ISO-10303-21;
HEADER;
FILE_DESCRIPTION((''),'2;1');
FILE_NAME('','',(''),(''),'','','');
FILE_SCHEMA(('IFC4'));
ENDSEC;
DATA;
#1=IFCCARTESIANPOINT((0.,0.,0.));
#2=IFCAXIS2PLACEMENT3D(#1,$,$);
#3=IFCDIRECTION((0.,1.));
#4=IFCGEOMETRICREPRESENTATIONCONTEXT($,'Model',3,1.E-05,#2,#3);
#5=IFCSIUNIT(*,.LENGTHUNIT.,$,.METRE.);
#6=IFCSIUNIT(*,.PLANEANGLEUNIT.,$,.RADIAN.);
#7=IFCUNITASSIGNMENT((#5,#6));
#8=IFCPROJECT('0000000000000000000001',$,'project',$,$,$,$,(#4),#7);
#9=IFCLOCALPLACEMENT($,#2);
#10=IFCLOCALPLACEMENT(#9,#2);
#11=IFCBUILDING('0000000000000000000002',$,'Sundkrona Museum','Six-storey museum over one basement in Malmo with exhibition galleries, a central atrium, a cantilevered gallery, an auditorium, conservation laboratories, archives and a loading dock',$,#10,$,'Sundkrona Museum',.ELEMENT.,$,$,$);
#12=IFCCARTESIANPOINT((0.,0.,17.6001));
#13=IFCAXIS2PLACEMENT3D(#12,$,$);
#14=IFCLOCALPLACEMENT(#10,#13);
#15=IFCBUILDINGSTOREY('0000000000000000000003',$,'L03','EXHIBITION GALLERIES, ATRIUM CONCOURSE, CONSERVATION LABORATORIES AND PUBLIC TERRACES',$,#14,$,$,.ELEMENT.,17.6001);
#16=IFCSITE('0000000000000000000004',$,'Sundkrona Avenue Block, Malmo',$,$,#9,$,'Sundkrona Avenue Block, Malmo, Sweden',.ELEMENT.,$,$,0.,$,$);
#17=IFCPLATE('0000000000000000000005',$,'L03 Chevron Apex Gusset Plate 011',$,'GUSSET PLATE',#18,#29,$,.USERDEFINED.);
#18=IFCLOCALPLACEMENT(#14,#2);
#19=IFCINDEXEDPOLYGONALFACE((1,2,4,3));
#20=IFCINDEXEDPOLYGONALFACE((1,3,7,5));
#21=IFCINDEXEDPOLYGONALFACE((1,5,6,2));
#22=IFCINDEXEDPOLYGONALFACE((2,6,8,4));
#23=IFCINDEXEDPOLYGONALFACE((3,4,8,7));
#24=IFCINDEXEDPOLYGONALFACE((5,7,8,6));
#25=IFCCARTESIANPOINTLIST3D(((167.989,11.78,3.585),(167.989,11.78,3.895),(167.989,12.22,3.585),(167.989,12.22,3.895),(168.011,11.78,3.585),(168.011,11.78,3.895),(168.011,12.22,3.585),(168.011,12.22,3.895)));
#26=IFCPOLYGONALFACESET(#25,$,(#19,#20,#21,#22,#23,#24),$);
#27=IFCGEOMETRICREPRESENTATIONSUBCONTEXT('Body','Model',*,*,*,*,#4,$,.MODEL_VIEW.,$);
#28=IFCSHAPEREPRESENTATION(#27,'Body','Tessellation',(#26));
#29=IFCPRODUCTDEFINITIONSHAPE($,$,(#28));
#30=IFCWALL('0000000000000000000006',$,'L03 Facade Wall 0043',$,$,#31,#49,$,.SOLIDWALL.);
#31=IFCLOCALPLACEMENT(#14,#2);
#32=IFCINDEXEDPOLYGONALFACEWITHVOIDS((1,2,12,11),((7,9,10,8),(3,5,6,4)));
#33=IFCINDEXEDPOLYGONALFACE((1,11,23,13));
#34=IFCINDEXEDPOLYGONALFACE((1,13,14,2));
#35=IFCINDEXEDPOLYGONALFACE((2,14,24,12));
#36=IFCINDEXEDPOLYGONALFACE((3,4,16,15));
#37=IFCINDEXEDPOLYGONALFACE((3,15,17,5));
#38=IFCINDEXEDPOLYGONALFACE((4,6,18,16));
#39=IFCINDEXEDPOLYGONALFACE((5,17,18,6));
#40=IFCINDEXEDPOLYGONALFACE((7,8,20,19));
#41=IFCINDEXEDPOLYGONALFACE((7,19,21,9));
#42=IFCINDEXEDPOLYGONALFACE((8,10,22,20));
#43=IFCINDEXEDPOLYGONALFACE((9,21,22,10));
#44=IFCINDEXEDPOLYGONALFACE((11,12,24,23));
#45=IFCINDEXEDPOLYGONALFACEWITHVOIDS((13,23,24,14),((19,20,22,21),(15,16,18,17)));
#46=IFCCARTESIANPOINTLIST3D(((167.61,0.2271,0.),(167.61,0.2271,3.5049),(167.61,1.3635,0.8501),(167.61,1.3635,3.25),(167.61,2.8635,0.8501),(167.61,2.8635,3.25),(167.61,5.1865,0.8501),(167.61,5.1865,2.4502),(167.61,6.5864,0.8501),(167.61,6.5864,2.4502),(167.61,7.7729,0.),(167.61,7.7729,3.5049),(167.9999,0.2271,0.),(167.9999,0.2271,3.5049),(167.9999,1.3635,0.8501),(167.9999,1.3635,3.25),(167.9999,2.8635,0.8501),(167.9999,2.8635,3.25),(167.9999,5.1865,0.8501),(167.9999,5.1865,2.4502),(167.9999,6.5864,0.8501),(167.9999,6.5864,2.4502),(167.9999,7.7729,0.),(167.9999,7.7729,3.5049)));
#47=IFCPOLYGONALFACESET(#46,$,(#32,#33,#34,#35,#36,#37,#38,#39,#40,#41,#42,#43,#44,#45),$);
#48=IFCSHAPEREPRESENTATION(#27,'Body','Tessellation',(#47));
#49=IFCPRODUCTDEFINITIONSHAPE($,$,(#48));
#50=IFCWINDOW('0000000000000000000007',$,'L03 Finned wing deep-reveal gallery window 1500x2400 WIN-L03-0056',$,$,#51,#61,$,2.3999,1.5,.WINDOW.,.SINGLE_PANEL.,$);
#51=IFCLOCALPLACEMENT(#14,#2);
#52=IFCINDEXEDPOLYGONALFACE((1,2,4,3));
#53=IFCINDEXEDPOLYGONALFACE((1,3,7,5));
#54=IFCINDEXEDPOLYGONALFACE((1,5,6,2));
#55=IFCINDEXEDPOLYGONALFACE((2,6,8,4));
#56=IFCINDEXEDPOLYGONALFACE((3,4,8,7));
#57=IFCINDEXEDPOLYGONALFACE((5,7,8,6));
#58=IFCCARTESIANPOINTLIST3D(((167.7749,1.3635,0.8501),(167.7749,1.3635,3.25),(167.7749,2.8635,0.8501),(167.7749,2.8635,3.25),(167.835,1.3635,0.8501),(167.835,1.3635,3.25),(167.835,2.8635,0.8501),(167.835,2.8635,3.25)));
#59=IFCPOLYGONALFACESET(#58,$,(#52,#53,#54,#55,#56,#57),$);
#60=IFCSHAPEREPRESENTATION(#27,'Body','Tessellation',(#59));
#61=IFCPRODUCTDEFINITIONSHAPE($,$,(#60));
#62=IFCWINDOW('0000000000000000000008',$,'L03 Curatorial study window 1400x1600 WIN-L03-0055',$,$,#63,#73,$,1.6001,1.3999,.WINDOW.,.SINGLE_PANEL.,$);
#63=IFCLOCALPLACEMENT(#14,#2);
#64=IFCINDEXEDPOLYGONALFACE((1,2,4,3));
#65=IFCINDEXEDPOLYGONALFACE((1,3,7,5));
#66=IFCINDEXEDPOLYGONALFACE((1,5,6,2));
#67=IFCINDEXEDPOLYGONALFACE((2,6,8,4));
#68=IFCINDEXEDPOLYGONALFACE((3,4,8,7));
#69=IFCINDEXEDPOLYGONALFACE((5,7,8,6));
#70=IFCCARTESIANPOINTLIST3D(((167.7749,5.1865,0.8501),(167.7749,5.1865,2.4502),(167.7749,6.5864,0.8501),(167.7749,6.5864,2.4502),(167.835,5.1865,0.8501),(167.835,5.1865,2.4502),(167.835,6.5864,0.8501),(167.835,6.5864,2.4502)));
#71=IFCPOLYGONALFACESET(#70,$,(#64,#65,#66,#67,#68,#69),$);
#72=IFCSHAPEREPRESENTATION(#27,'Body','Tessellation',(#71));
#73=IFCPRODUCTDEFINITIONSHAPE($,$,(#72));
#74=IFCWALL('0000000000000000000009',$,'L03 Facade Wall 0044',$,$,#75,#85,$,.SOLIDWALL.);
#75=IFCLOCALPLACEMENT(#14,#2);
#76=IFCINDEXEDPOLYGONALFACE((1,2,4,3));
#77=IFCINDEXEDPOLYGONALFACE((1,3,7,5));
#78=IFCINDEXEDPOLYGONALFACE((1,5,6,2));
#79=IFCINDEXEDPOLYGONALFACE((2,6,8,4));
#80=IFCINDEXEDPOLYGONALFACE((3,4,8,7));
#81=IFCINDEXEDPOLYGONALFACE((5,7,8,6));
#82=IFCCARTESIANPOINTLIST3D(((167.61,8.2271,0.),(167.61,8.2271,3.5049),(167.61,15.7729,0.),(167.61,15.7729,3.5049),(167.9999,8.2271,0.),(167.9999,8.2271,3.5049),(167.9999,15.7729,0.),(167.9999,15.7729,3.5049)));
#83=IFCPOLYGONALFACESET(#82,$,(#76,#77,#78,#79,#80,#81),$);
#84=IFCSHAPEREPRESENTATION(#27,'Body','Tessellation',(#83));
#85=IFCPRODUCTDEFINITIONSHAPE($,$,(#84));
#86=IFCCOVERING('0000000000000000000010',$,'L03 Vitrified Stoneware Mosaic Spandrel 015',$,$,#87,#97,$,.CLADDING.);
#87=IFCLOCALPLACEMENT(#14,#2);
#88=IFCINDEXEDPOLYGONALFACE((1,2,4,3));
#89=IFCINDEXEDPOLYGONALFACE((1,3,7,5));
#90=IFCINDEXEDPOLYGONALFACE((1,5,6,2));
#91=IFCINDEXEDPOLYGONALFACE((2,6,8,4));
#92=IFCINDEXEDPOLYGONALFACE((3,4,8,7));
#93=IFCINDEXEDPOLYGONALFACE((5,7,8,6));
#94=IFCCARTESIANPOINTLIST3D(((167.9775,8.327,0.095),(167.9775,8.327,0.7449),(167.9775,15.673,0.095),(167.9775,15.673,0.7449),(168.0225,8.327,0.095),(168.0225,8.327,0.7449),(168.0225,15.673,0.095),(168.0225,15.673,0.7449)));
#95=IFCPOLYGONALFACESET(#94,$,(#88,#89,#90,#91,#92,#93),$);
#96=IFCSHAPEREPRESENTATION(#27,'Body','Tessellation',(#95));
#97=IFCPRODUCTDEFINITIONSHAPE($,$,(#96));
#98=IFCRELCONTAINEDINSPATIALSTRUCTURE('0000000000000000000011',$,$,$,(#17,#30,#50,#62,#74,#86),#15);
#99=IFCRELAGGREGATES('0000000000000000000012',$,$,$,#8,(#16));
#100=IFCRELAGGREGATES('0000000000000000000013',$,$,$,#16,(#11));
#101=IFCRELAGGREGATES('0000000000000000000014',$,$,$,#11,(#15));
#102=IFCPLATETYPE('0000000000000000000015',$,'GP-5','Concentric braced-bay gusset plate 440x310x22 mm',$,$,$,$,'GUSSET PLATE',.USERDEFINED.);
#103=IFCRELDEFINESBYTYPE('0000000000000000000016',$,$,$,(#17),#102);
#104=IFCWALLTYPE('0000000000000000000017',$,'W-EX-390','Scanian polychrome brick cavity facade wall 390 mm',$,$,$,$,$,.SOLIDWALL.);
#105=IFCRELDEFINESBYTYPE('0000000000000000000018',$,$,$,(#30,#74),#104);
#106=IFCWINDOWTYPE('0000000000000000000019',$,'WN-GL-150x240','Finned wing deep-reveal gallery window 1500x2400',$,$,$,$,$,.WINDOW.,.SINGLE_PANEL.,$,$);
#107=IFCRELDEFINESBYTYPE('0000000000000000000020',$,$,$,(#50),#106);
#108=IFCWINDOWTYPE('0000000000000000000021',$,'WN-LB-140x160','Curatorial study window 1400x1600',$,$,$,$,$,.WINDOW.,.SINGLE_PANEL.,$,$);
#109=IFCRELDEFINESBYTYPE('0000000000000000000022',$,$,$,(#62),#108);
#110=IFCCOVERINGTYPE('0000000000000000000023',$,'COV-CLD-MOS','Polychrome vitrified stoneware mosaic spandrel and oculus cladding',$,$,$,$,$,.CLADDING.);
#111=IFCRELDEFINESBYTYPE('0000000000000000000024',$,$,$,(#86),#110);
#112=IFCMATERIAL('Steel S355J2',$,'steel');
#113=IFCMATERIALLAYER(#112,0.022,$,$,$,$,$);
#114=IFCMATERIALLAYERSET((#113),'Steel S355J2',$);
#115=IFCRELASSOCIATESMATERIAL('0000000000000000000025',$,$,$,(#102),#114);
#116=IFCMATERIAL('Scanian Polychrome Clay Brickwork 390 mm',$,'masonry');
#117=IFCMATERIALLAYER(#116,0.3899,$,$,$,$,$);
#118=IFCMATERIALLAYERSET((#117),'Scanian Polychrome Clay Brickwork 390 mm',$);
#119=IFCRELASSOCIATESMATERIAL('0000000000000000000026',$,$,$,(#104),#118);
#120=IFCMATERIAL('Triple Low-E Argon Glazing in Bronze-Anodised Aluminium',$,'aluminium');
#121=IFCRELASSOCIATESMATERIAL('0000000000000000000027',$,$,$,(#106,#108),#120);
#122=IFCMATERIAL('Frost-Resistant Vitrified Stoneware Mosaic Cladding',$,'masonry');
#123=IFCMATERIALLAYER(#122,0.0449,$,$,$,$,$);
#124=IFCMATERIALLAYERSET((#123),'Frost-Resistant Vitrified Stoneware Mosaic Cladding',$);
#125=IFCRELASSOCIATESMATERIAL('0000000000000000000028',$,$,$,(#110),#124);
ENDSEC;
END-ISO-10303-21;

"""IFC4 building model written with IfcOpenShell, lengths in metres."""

from ifc_helpers import new_model, si_unit, direction, frame, frame_2d, origin, origin_2d, place, context, subcontext, project, spatial, rectangle, extrude, material, layer, layer_set, type_object, element, fill, save


model = new_model("IFC4")

# Units and contexts
model_context = context("Model", 3, precision=1e-05, world=origin(), true_north=direction((0.0, 1.0)))
body_context = subcontext(model_context, "Body", "Model", "MODEL_VIEW")
ifc_project = project(units=[si_unit("LENGTHUNIT", "METRE"), si_unit("PLANEANGLEUNIT", "RADIAN")], contexts=[model_context])

# Site, building, storey
site_placement = place(None, origin())
site = spatial("IfcSite", under=ifc_project, at=site_placement, Name="Sundkrona Avenue Block, Malmo", LongName="Sundkrona Avenue Block, Malmo, Sweden", CompositionType="ELEMENT", RefElevation=0.0)
building_placement = place(site_placement, origin())
building = spatial("IfcBuilding", under=site, at=building_placement, Name="Sundkrona Museum", Description="Six-storey museum over one basement in Malmo with exhibition galleries, a central atrium, a cantilevered gallery, an auditorium, conservation laboratories, archives and a loading dock", LongName="Sundkrona Museum", CompositionType="ELEMENT")
storey_placement = place(building_placement, frame((0.0, 0.0, 17.6001)))
storey = spatial("IfcBuildingStorey", under=building, at=storey_placement, Name="L03", Description="EXHIBITION GALLERIES, ATRIUM CONCOURSE, CONSERVATION LABORATORIES AND PUBLIC TERRACES", CompositionType="ELEMENT", Elevation=17.6001)

# Shared definitions
ifc_material_1 = material(Name="Steel S355J2", Category="steel")

# Plate
ifc_layer_1 = layer(ifc_material_1, 0.022)
ifc_layer_set_1 = layer_set([ifc_layer_1], Name="Steel S355J2")
plate_type = type_object("IfcPlateType", Name="GP-5", Description="Concentric braced-bay gusset plate 440x310x22 mm", ElementType="GUSSET PLATE", PredefinedType="USERDEFINED", material=ifc_layer_set_1)
plate_placement = place(storey_placement, frame((168.0, 12.0, 3.585), z_axis=(0.0, 0.0, 1.0), x_axis=(0.0, 1.0, 0.0)))
element("IfcPlate", 1, at=plate_placement, inside=storey, type_object=plate_type, Name="L03 Chevron Apex Gusset Plate 011", ObjectType="GUSSET PLATE", PredefinedType="USERDEFINED", context=body_context, shape_type="SweptSolid", body=[
    extrude(rectangle(XDim=0.4399, YDim=0.022, at=origin_2d()), origin(), (0.0, 0.0, 1.0), 0.3101),
])

# Wall, openings, windows
ifc_material_2 = material(Name="Scanian Polychrome Clay Brickwork 390 mm", Category="masonry")
ifc_layer_2 = layer(ifc_material_2, 0.3899)
ifc_layer_set_2 = layer_set([ifc_layer_2], Name="Scanian Polychrome Clay Brickwork 390 mm")
wall_type = type_object("IfcWallType", Name="W-EX-390", Description="Scanian polychrome brick cavity facade wall 390 mm", PredefinedType="SOLIDWALL", material=ifc_layer_set_2)
wall_1_placement = place(storey_placement, frame((167.8049, 7.7729, 0.0), z_axis=(0.0, 0.0, 1.0), x_axis=(0.0, -1.0, 0.0)))
wall_1 = element("IfcWall", 2, at=wall_1_placement, inside=storey, type_object=wall_type, Name="L03 Facade Wall 0043", PredefinedType="SOLIDWALL", context=body_context, shape_type="SweptSolid", body=[
    extrude(rectangle(XDim=7.5459, YDim=0.3899, at=frame_2d((3.7729, 0.0))), origin(), (0.0, 0.0, 1.0), 3.5049),
])
opening_1_placement = place(wall_1_placement, frame((1.1865, 0.0, 0.8501)))
opening_1 = element("IfcOpeningElement", 3, at=opening_1_placement, cuts=wall_1, PredefinedType="OPENING", context=body_context, shape_type="SweptSolid", body=[
    extrude(rectangle(XDim=1.3999, YDim=1.6001, at=frame_2d((0.7, 0.8))), frame((0.0, 0.2048, 0.0), z_axis=(0.0, -1.0, 0.0), x_axis=(1.0, 0.0, 0.0)), (0.0, 0.0, 1.0), 0.4099),
])
opening_2_placement = place(wall_1_placement, frame((4.9094, 0.0, 0.8501)))
opening_2 = element("IfcOpeningElement", 4, at=opening_2_placement, cuts=wall_1, PredefinedType="OPENING", context=body_context, shape_type="SweptSolid", body=[
    extrude(rectangle(XDim=1.5, YDim=2.3999, at=frame_2d((0.75, 1.2))), frame((0.0, 0.2048, 0.0), z_axis=(0.0, -1.0, 0.0), x_axis=(1.0, 0.0, 0.0)), (0.0, 0.0, 1.0), 0.4099),
])
ifc_material_3 = material(Name="Triple Low-E Argon Glazing in Bronze-Anodised Aluminium", Category="aluminium")
window_type_1 = type_object("IfcWindowType", Name="WN-GL-150x240", Description="Finned wing deep-reveal gallery window 1500x2400", PartitioningType="SINGLE_PANEL", PredefinedType="WINDOW", material=ifc_material_3)
window_1_placement = place(opening_2_placement, origin())
window_1 = element("IfcWindow", 5, at=window_1_placement, inside=storey, type_object=window_type_1, Name="L03 Finned wing deep-reveal gallery window 1500x2400 WIN-L03-0056", OverallHeight=2.3999, OverallWidth=1.5, PartitioningType="SINGLE_PANEL", PredefinedType="WINDOW", context=body_context, shape_type="SweptSolid", body=[
    extrude(rectangle(XDim=1.5, YDim=2.3999, at=frame_2d((0.75, 1.2))), frame((0.0, 0.03, 0.0), z_axis=(0.0, -1.0, 0.0), x_axis=(1.0, 0.0, 0.0)), (0.0, 0.0, 1.0), 0.0601),
])
fill(opening_2, window_1)
window_type_2 = type_object("IfcWindowType", Name="WN-LB-140x160", Description="Curatorial study window 1400x1600", PartitioningType="SINGLE_PANEL", PredefinedType="WINDOW", material=ifc_material_3)
window_2_placement = place(opening_1_placement, origin())
window_2 = element("IfcWindow", 6, at=window_2_placement, inside=storey, type_object=window_type_2, Name="L03 Curatorial study window 1400x1600 WIN-L03-0055", OverallHeight=1.6001, OverallWidth=1.3999, PartitioningType="SINGLE_PANEL", PredefinedType="WINDOW", context=body_context, shape_type="SweptSolid", body=[
    extrude(rectangle(XDim=1.3999, YDim=1.6001, at=frame_2d((0.7, 0.8))), frame((0.0, 0.03, 0.0), z_axis=(0.0, -1.0, 0.0), x_axis=(1.0, 0.0, 0.0)), (0.0, 0.0, 1.0), 0.0601),
])
fill(opening_1, window_2)

# Wall
wall_2_placement = place(storey_placement, frame((167.8049, 15.7729, 0.0), z_axis=(0.0, 0.0, 1.0), x_axis=(0.0, -1.0, 0.0)))
element("IfcWall", 7, at=wall_2_placement, inside=storey, type_object=wall_type, Name="L03 Facade Wall 0044", PredefinedType="SOLIDWALL", context=body_context, shape_type="SweptSolid", body=[
    extrude(rectangle(XDim=7.5459, YDim=0.3899, at=frame_2d((3.7729, 0.0))), origin(), (0.0, 0.0, 1.0), 3.5049),
])

# Covering
ifc_material_4 = material(Name="Frost-Resistant Vitrified Stoneware Mosaic Cladding", Category="masonry")
ifc_layer_3 = layer(ifc_material_4, 0.0449)
ifc_layer_set_3 = layer_set([ifc_layer_3], Name="Frost-Resistant Vitrified Stoneware Mosaic Cladding")
covering_type = type_object("IfcCoveringType", Name="COV-CLD-MOS", Description="Polychrome vitrified stoneware mosaic spandrel and oculus cladding", PredefinedType="CLADDING", material=ifc_layer_set_3)
covering_placement = place(storey_placement, frame((168.0, 12.0, 0.095), z_axis=(0.0, 0.0, 1.0), x_axis=(0.0, 1.0, 0.0)))
element("IfcCovering", 8, at=covering_placement, inside=storey, type_object=covering_type, Name="L03 Vitrified Stoneware Mosaic Spandrel 015", PredefinedType="CLADDING", context=body_context, shape_type="SweptSolid", body=[
    extrude(rectangle(XDim=7.3459, YDim=0.0449, at=origin_2d()), origin(), (0.0, 0.0, 1.0), 0.6499),
])

save(model, "model.ifc")
